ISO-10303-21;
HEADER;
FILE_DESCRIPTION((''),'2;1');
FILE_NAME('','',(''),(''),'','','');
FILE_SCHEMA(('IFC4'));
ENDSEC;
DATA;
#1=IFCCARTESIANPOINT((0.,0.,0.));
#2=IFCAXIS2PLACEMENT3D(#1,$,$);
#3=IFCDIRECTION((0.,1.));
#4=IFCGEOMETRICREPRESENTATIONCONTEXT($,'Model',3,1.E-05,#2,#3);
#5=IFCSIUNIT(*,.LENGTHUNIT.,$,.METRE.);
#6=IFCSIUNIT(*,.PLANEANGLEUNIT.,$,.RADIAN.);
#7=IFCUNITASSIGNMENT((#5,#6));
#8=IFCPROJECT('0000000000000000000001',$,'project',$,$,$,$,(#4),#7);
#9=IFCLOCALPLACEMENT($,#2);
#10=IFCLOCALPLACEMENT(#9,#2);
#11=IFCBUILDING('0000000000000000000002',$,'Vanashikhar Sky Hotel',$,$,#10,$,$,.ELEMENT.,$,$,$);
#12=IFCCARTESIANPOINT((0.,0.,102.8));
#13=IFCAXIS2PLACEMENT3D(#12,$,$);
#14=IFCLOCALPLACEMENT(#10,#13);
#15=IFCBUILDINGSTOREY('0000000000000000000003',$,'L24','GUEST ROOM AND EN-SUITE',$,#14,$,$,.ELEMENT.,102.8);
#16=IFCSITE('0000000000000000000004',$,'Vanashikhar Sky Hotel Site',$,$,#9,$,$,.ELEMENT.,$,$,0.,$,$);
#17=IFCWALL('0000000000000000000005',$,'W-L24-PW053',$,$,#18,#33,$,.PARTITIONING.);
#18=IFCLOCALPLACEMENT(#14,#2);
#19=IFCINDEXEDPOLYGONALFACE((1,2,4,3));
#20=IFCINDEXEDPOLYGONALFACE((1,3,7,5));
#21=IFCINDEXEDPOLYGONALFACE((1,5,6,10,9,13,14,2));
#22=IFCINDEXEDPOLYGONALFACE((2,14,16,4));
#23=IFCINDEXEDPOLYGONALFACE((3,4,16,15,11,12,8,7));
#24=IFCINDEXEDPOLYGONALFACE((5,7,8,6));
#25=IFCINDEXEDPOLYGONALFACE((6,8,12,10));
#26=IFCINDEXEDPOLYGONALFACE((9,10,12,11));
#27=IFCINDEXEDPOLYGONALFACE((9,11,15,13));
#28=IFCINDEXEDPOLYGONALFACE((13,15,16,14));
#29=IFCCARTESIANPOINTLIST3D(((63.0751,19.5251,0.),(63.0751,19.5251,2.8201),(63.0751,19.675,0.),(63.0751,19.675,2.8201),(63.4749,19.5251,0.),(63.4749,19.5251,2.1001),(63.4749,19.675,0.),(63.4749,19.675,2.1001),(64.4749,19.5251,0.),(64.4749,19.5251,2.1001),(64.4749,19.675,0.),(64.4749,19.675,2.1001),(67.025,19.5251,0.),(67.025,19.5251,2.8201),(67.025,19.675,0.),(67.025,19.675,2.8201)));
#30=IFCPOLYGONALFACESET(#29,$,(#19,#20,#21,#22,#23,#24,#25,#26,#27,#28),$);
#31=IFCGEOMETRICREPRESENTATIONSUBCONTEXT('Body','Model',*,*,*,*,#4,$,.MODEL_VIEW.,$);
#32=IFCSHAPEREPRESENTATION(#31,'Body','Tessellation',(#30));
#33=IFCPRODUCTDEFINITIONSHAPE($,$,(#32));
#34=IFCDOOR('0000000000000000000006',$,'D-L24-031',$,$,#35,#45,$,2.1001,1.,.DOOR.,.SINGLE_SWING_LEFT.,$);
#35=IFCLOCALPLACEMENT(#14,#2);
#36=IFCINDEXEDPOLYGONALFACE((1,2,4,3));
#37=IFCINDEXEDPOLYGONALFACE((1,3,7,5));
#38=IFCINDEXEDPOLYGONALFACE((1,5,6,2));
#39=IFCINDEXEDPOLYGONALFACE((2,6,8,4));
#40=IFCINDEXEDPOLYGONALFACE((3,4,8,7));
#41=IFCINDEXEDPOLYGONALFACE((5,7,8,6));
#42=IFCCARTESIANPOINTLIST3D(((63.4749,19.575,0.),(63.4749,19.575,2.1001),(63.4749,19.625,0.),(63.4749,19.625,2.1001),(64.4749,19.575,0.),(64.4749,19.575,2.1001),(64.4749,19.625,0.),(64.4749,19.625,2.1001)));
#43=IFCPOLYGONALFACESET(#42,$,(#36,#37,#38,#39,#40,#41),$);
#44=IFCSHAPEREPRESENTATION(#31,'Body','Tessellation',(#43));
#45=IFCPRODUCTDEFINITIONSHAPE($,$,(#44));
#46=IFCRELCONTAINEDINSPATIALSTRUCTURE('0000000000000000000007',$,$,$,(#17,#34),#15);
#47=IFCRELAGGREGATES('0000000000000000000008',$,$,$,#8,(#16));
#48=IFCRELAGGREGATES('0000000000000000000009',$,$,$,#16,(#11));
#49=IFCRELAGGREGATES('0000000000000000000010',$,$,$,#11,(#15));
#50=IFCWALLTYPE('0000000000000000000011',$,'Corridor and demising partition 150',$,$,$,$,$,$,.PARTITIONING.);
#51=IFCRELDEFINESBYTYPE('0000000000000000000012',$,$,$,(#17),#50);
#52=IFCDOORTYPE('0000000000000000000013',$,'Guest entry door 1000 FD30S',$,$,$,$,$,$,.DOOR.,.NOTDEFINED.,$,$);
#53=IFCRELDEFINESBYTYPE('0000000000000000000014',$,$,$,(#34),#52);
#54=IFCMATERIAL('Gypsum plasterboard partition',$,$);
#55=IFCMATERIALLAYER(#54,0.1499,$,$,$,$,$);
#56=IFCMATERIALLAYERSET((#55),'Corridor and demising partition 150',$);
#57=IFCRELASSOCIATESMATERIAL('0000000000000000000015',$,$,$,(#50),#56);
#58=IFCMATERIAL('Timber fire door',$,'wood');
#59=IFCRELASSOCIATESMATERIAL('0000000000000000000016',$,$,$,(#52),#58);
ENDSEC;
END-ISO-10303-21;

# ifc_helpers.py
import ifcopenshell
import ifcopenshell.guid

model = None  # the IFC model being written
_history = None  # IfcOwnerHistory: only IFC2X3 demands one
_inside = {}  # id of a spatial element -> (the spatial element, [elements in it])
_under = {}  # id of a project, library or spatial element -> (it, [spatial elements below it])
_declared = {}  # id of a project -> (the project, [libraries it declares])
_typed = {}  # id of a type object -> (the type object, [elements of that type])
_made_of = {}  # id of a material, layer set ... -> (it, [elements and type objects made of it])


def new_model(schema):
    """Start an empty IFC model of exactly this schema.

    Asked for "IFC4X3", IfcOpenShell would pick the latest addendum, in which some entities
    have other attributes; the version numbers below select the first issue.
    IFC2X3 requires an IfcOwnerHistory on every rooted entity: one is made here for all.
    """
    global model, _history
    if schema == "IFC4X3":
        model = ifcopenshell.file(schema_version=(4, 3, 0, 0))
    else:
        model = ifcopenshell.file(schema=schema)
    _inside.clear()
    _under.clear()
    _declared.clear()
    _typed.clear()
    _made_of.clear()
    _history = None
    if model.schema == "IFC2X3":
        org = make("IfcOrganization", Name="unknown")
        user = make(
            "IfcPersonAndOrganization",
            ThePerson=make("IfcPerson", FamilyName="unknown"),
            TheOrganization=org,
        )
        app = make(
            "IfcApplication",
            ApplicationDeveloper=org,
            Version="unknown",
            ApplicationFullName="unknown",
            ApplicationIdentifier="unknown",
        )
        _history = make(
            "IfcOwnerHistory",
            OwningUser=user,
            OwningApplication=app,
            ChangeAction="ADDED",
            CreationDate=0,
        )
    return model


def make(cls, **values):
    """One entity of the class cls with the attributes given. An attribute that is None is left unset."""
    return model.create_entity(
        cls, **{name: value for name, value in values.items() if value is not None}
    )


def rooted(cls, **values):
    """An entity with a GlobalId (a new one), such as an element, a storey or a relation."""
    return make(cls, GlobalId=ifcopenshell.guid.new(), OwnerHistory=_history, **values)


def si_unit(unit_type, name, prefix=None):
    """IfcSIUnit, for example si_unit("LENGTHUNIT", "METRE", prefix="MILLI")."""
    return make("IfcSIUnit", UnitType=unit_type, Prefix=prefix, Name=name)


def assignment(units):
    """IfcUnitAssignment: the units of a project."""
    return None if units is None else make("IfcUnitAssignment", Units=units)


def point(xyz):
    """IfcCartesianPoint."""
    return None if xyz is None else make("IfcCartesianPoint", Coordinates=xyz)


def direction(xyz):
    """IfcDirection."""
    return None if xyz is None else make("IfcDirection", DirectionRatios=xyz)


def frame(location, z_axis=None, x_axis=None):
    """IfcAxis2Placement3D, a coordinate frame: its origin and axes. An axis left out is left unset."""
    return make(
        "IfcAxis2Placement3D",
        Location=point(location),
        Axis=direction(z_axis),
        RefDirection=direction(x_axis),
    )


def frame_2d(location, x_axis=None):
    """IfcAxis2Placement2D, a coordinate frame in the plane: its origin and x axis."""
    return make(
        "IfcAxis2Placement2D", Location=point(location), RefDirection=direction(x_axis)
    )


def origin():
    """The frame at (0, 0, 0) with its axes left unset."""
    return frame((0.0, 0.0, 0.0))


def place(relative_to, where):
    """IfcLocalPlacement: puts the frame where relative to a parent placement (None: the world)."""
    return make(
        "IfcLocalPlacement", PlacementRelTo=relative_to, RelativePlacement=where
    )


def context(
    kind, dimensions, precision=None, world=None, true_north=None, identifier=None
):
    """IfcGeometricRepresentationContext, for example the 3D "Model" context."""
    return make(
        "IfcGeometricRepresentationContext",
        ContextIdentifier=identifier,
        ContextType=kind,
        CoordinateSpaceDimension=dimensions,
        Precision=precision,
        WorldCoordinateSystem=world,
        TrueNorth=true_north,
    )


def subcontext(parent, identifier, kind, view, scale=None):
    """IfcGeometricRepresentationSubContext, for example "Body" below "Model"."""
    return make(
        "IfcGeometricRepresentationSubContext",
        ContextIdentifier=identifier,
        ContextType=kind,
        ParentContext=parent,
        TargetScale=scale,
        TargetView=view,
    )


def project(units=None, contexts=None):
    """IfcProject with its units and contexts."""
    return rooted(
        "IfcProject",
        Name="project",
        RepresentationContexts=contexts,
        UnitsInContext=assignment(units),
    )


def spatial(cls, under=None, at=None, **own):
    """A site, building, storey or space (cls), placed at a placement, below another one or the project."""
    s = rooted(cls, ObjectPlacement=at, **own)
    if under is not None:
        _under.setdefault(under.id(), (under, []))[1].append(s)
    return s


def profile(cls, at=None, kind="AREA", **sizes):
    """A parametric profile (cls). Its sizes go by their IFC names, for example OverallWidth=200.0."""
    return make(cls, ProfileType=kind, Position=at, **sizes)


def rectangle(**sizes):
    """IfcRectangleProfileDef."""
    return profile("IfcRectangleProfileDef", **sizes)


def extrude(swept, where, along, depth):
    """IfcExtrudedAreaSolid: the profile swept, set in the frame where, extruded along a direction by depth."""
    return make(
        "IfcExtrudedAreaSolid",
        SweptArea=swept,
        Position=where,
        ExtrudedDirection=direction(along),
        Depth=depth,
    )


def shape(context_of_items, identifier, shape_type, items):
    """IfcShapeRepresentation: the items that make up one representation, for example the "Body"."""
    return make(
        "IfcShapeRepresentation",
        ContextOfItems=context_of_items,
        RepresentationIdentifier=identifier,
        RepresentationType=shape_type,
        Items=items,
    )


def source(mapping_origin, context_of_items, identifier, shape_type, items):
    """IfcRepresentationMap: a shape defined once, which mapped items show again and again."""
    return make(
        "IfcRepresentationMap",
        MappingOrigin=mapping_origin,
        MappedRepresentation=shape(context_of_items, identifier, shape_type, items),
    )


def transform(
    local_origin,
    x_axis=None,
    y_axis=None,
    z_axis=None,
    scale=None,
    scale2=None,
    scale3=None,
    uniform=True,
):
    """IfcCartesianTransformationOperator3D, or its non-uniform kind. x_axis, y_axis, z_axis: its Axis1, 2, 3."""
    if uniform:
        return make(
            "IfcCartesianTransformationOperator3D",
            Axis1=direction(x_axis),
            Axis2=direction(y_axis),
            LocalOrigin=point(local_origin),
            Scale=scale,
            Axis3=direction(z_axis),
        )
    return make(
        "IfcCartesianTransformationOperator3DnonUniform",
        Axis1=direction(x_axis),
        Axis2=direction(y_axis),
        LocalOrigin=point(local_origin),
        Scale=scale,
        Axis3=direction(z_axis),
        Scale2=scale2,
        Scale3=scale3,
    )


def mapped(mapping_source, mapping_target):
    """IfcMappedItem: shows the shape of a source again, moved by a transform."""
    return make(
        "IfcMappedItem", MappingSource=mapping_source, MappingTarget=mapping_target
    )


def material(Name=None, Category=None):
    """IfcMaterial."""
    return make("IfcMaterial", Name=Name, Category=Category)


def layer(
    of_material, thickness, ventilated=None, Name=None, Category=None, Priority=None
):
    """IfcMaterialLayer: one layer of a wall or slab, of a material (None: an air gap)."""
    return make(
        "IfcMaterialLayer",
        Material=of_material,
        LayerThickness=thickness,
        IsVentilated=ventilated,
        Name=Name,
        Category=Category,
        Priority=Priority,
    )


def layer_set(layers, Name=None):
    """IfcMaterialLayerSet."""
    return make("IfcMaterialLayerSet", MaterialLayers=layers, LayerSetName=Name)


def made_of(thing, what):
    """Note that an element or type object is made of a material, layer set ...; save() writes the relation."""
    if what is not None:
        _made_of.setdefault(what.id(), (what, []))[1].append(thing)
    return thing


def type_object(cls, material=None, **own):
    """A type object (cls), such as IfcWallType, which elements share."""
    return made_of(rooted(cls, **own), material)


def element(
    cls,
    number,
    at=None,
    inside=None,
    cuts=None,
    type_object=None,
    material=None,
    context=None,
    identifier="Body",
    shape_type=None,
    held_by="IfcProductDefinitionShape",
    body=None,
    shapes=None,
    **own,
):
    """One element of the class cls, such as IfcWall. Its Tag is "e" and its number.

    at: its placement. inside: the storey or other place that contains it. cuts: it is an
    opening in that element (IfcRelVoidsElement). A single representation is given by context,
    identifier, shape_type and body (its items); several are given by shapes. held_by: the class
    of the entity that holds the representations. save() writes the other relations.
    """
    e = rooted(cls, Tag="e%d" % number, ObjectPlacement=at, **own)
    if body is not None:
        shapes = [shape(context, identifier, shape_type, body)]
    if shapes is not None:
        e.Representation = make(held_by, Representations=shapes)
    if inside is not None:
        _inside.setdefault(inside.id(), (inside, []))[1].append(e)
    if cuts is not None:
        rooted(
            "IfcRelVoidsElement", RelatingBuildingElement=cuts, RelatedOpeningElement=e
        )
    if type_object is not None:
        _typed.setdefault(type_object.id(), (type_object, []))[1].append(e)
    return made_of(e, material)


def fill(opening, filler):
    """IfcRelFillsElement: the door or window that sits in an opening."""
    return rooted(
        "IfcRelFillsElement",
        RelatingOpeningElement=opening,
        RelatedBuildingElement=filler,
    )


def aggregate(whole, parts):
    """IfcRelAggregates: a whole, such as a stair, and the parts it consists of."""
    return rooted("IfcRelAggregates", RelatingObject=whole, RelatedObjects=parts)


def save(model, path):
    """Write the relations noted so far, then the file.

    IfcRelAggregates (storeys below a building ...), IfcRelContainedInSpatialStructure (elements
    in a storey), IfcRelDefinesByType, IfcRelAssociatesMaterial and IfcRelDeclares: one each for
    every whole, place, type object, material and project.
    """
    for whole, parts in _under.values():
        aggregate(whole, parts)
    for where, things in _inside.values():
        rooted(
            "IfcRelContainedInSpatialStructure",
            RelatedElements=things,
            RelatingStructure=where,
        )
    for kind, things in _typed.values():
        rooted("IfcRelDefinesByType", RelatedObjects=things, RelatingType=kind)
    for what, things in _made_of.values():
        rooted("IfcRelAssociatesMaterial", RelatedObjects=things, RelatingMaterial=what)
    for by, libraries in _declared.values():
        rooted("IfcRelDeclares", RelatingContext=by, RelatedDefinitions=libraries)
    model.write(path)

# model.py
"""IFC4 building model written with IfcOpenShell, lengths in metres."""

from ifc_helpers import new_model, si_unit, direction, frame, frame_2d, origin, place, context, subcontext, project, spatial, rectangle, extrude, source, transform, mapped, material, layer, layer_set, type_object, element, fill, save


model = new_model("IFC4")

# Units and contexts
model_context = context("Model", 3, precision=1e-05, world=origin(), true_north=direction((0.0, 1.0)))
body_context = subcontext(model_context, "Body", "Model", "MODEL_VIEW")
ifc_project = project(units=[si_unit("LENGTHUNIT", "METRE"), si_unit("PLANEANGLEUNIT", "RADIAN")], contexts=[model_context])

# Site, building, storey
site_placement = place(None, origin())
site = spatial("IfcSite", under=ifc_project, at=site_placement, Name="Vanashikhar Sky Hotel Site", CompositionType="ELEMENT", RefElevation=0.0)
building_placement = place(site_placement, origin())
building = spatial("IfcBuilding", under=site, at=building_placement, Name="Vanashikhar Sky Hotel", CompositionType="ELEMENT")
storey_placement = place(building_placement, frame((0.0, 0.0, 102.8)))
storey = spatial("IfcBuildingStorey", under=building, at=storey_placement, Name="L24", Description="GUEST ROOM AND EN-SUITE", CompositionType="ELEMENT", Elevation=102.8)

# Wall, opening, door
ifc_material_1 = material(Name="Gypsum plasterboard partition")
ifc_layer_1 = layer(ifc_material_1, 0.1499)
ifc_layer_set_1 = layer_set([ifc_layer_1], Name="Corridor and demising partition 150")
wall_type_1 = type_object("IfcWallType", Name="Corridor and demising partition 150", PredefinedType="PARTITIONING", material=ifc_layer_set_1)
shared_shape_1 = source(origin(), body_context, "Body", "SweptSolid", [
    extrude(rectangle(XDim=1.0, YDim=2.1001, at=frame_2d((0.5, 1.05))), frame((0.0, 0.085, 0.0), z_axis=(0.0, -1.0, 0.0), x_axis=(1.0, 0.0, 0.0)), (0.0, 0.0, 1.0), 0.1699),
])
ifc_material_2 = material(Name="Timber fire door", Category="wood")
door_type_1 = type_object("IfcDoorType", Name="Guest entry door 1000 FD30S", OperationType="NOTDEFINED", PredefinedType="DOOR", material=ifc_material_2)
shared_shape_2 = source(origin(), body_context, "Body", "SweptSolid", [
    extrude(rectangle(XDim=1.0, YDim=2.1001, at=frame_2d((0.5, 1.05))), frame((0.0, 0.0249, 0.0), z_axis=(0.0, -1.0, 0.0), x_axis=(1.0, 0.0, 0.0)), (0.0, 0.0, 1.0), 0.05),
])
shared_shape_3 = source(origin(), body_context, "Body", "SweptSolid", [
    extrude(rectangle(XDim=3.95, YDim=0.1499, at=frame_2d((1.9751, 0.0))), origin(), (0.0, 0.0, 1.0), 2.8201),
])
wall_1_placement = place(storey_placement, frame((63.075, 19.6001, 0.0), z_axis=(0.0, 0.0, 1.0), x_axis=(1.0, 0.0, 0.0)))
wall_1 = element("IfcWall", 1, at=wall_1_placement, inside=storey, type_object=wall_type_1, Name="W-L24-PW053", PredefinedType="PARTITIONING", context=body_context, shape_type="MappedRepresentation", body=[
    mapped(shared_shape_3, transform((0.0, 0.0, 0.0), scale=1.0)),
])
opening_1_placement = place(wall_1_placement, frame((0.3999, 0.0, 0.0)))
opening_1 = element("IfcOpeningElement", 2, at=opening_1_placement, cuts=wall_1, PredefinedType="OPENING", context=body_context, shape_type="MappedRepresentation", body=[
    mapped(shared_shape_1, transform((0.0, 0.0, 0.0), scale=1.0)),
])
door_1_placement = place(opening_1_placement, origin())
door_1 = element("IfcDoor", 3, at=door_1_placement, inside=storey, type_object=door_type_1, Name="D-L24-031", OperationType="SINGLE_SWING_LEFT", OverallHeight=2.1001, OverallWidth=1.0, PredefinedType="DOOR", context=body_context, shape_type="MappedRepresentation", body=[
    mapped(shared_shape_2, transform((0.0, 0.0, 0.0), scale=1.0)),
])
fill(opening_1, door_1)

save(model, "model.ifc")
